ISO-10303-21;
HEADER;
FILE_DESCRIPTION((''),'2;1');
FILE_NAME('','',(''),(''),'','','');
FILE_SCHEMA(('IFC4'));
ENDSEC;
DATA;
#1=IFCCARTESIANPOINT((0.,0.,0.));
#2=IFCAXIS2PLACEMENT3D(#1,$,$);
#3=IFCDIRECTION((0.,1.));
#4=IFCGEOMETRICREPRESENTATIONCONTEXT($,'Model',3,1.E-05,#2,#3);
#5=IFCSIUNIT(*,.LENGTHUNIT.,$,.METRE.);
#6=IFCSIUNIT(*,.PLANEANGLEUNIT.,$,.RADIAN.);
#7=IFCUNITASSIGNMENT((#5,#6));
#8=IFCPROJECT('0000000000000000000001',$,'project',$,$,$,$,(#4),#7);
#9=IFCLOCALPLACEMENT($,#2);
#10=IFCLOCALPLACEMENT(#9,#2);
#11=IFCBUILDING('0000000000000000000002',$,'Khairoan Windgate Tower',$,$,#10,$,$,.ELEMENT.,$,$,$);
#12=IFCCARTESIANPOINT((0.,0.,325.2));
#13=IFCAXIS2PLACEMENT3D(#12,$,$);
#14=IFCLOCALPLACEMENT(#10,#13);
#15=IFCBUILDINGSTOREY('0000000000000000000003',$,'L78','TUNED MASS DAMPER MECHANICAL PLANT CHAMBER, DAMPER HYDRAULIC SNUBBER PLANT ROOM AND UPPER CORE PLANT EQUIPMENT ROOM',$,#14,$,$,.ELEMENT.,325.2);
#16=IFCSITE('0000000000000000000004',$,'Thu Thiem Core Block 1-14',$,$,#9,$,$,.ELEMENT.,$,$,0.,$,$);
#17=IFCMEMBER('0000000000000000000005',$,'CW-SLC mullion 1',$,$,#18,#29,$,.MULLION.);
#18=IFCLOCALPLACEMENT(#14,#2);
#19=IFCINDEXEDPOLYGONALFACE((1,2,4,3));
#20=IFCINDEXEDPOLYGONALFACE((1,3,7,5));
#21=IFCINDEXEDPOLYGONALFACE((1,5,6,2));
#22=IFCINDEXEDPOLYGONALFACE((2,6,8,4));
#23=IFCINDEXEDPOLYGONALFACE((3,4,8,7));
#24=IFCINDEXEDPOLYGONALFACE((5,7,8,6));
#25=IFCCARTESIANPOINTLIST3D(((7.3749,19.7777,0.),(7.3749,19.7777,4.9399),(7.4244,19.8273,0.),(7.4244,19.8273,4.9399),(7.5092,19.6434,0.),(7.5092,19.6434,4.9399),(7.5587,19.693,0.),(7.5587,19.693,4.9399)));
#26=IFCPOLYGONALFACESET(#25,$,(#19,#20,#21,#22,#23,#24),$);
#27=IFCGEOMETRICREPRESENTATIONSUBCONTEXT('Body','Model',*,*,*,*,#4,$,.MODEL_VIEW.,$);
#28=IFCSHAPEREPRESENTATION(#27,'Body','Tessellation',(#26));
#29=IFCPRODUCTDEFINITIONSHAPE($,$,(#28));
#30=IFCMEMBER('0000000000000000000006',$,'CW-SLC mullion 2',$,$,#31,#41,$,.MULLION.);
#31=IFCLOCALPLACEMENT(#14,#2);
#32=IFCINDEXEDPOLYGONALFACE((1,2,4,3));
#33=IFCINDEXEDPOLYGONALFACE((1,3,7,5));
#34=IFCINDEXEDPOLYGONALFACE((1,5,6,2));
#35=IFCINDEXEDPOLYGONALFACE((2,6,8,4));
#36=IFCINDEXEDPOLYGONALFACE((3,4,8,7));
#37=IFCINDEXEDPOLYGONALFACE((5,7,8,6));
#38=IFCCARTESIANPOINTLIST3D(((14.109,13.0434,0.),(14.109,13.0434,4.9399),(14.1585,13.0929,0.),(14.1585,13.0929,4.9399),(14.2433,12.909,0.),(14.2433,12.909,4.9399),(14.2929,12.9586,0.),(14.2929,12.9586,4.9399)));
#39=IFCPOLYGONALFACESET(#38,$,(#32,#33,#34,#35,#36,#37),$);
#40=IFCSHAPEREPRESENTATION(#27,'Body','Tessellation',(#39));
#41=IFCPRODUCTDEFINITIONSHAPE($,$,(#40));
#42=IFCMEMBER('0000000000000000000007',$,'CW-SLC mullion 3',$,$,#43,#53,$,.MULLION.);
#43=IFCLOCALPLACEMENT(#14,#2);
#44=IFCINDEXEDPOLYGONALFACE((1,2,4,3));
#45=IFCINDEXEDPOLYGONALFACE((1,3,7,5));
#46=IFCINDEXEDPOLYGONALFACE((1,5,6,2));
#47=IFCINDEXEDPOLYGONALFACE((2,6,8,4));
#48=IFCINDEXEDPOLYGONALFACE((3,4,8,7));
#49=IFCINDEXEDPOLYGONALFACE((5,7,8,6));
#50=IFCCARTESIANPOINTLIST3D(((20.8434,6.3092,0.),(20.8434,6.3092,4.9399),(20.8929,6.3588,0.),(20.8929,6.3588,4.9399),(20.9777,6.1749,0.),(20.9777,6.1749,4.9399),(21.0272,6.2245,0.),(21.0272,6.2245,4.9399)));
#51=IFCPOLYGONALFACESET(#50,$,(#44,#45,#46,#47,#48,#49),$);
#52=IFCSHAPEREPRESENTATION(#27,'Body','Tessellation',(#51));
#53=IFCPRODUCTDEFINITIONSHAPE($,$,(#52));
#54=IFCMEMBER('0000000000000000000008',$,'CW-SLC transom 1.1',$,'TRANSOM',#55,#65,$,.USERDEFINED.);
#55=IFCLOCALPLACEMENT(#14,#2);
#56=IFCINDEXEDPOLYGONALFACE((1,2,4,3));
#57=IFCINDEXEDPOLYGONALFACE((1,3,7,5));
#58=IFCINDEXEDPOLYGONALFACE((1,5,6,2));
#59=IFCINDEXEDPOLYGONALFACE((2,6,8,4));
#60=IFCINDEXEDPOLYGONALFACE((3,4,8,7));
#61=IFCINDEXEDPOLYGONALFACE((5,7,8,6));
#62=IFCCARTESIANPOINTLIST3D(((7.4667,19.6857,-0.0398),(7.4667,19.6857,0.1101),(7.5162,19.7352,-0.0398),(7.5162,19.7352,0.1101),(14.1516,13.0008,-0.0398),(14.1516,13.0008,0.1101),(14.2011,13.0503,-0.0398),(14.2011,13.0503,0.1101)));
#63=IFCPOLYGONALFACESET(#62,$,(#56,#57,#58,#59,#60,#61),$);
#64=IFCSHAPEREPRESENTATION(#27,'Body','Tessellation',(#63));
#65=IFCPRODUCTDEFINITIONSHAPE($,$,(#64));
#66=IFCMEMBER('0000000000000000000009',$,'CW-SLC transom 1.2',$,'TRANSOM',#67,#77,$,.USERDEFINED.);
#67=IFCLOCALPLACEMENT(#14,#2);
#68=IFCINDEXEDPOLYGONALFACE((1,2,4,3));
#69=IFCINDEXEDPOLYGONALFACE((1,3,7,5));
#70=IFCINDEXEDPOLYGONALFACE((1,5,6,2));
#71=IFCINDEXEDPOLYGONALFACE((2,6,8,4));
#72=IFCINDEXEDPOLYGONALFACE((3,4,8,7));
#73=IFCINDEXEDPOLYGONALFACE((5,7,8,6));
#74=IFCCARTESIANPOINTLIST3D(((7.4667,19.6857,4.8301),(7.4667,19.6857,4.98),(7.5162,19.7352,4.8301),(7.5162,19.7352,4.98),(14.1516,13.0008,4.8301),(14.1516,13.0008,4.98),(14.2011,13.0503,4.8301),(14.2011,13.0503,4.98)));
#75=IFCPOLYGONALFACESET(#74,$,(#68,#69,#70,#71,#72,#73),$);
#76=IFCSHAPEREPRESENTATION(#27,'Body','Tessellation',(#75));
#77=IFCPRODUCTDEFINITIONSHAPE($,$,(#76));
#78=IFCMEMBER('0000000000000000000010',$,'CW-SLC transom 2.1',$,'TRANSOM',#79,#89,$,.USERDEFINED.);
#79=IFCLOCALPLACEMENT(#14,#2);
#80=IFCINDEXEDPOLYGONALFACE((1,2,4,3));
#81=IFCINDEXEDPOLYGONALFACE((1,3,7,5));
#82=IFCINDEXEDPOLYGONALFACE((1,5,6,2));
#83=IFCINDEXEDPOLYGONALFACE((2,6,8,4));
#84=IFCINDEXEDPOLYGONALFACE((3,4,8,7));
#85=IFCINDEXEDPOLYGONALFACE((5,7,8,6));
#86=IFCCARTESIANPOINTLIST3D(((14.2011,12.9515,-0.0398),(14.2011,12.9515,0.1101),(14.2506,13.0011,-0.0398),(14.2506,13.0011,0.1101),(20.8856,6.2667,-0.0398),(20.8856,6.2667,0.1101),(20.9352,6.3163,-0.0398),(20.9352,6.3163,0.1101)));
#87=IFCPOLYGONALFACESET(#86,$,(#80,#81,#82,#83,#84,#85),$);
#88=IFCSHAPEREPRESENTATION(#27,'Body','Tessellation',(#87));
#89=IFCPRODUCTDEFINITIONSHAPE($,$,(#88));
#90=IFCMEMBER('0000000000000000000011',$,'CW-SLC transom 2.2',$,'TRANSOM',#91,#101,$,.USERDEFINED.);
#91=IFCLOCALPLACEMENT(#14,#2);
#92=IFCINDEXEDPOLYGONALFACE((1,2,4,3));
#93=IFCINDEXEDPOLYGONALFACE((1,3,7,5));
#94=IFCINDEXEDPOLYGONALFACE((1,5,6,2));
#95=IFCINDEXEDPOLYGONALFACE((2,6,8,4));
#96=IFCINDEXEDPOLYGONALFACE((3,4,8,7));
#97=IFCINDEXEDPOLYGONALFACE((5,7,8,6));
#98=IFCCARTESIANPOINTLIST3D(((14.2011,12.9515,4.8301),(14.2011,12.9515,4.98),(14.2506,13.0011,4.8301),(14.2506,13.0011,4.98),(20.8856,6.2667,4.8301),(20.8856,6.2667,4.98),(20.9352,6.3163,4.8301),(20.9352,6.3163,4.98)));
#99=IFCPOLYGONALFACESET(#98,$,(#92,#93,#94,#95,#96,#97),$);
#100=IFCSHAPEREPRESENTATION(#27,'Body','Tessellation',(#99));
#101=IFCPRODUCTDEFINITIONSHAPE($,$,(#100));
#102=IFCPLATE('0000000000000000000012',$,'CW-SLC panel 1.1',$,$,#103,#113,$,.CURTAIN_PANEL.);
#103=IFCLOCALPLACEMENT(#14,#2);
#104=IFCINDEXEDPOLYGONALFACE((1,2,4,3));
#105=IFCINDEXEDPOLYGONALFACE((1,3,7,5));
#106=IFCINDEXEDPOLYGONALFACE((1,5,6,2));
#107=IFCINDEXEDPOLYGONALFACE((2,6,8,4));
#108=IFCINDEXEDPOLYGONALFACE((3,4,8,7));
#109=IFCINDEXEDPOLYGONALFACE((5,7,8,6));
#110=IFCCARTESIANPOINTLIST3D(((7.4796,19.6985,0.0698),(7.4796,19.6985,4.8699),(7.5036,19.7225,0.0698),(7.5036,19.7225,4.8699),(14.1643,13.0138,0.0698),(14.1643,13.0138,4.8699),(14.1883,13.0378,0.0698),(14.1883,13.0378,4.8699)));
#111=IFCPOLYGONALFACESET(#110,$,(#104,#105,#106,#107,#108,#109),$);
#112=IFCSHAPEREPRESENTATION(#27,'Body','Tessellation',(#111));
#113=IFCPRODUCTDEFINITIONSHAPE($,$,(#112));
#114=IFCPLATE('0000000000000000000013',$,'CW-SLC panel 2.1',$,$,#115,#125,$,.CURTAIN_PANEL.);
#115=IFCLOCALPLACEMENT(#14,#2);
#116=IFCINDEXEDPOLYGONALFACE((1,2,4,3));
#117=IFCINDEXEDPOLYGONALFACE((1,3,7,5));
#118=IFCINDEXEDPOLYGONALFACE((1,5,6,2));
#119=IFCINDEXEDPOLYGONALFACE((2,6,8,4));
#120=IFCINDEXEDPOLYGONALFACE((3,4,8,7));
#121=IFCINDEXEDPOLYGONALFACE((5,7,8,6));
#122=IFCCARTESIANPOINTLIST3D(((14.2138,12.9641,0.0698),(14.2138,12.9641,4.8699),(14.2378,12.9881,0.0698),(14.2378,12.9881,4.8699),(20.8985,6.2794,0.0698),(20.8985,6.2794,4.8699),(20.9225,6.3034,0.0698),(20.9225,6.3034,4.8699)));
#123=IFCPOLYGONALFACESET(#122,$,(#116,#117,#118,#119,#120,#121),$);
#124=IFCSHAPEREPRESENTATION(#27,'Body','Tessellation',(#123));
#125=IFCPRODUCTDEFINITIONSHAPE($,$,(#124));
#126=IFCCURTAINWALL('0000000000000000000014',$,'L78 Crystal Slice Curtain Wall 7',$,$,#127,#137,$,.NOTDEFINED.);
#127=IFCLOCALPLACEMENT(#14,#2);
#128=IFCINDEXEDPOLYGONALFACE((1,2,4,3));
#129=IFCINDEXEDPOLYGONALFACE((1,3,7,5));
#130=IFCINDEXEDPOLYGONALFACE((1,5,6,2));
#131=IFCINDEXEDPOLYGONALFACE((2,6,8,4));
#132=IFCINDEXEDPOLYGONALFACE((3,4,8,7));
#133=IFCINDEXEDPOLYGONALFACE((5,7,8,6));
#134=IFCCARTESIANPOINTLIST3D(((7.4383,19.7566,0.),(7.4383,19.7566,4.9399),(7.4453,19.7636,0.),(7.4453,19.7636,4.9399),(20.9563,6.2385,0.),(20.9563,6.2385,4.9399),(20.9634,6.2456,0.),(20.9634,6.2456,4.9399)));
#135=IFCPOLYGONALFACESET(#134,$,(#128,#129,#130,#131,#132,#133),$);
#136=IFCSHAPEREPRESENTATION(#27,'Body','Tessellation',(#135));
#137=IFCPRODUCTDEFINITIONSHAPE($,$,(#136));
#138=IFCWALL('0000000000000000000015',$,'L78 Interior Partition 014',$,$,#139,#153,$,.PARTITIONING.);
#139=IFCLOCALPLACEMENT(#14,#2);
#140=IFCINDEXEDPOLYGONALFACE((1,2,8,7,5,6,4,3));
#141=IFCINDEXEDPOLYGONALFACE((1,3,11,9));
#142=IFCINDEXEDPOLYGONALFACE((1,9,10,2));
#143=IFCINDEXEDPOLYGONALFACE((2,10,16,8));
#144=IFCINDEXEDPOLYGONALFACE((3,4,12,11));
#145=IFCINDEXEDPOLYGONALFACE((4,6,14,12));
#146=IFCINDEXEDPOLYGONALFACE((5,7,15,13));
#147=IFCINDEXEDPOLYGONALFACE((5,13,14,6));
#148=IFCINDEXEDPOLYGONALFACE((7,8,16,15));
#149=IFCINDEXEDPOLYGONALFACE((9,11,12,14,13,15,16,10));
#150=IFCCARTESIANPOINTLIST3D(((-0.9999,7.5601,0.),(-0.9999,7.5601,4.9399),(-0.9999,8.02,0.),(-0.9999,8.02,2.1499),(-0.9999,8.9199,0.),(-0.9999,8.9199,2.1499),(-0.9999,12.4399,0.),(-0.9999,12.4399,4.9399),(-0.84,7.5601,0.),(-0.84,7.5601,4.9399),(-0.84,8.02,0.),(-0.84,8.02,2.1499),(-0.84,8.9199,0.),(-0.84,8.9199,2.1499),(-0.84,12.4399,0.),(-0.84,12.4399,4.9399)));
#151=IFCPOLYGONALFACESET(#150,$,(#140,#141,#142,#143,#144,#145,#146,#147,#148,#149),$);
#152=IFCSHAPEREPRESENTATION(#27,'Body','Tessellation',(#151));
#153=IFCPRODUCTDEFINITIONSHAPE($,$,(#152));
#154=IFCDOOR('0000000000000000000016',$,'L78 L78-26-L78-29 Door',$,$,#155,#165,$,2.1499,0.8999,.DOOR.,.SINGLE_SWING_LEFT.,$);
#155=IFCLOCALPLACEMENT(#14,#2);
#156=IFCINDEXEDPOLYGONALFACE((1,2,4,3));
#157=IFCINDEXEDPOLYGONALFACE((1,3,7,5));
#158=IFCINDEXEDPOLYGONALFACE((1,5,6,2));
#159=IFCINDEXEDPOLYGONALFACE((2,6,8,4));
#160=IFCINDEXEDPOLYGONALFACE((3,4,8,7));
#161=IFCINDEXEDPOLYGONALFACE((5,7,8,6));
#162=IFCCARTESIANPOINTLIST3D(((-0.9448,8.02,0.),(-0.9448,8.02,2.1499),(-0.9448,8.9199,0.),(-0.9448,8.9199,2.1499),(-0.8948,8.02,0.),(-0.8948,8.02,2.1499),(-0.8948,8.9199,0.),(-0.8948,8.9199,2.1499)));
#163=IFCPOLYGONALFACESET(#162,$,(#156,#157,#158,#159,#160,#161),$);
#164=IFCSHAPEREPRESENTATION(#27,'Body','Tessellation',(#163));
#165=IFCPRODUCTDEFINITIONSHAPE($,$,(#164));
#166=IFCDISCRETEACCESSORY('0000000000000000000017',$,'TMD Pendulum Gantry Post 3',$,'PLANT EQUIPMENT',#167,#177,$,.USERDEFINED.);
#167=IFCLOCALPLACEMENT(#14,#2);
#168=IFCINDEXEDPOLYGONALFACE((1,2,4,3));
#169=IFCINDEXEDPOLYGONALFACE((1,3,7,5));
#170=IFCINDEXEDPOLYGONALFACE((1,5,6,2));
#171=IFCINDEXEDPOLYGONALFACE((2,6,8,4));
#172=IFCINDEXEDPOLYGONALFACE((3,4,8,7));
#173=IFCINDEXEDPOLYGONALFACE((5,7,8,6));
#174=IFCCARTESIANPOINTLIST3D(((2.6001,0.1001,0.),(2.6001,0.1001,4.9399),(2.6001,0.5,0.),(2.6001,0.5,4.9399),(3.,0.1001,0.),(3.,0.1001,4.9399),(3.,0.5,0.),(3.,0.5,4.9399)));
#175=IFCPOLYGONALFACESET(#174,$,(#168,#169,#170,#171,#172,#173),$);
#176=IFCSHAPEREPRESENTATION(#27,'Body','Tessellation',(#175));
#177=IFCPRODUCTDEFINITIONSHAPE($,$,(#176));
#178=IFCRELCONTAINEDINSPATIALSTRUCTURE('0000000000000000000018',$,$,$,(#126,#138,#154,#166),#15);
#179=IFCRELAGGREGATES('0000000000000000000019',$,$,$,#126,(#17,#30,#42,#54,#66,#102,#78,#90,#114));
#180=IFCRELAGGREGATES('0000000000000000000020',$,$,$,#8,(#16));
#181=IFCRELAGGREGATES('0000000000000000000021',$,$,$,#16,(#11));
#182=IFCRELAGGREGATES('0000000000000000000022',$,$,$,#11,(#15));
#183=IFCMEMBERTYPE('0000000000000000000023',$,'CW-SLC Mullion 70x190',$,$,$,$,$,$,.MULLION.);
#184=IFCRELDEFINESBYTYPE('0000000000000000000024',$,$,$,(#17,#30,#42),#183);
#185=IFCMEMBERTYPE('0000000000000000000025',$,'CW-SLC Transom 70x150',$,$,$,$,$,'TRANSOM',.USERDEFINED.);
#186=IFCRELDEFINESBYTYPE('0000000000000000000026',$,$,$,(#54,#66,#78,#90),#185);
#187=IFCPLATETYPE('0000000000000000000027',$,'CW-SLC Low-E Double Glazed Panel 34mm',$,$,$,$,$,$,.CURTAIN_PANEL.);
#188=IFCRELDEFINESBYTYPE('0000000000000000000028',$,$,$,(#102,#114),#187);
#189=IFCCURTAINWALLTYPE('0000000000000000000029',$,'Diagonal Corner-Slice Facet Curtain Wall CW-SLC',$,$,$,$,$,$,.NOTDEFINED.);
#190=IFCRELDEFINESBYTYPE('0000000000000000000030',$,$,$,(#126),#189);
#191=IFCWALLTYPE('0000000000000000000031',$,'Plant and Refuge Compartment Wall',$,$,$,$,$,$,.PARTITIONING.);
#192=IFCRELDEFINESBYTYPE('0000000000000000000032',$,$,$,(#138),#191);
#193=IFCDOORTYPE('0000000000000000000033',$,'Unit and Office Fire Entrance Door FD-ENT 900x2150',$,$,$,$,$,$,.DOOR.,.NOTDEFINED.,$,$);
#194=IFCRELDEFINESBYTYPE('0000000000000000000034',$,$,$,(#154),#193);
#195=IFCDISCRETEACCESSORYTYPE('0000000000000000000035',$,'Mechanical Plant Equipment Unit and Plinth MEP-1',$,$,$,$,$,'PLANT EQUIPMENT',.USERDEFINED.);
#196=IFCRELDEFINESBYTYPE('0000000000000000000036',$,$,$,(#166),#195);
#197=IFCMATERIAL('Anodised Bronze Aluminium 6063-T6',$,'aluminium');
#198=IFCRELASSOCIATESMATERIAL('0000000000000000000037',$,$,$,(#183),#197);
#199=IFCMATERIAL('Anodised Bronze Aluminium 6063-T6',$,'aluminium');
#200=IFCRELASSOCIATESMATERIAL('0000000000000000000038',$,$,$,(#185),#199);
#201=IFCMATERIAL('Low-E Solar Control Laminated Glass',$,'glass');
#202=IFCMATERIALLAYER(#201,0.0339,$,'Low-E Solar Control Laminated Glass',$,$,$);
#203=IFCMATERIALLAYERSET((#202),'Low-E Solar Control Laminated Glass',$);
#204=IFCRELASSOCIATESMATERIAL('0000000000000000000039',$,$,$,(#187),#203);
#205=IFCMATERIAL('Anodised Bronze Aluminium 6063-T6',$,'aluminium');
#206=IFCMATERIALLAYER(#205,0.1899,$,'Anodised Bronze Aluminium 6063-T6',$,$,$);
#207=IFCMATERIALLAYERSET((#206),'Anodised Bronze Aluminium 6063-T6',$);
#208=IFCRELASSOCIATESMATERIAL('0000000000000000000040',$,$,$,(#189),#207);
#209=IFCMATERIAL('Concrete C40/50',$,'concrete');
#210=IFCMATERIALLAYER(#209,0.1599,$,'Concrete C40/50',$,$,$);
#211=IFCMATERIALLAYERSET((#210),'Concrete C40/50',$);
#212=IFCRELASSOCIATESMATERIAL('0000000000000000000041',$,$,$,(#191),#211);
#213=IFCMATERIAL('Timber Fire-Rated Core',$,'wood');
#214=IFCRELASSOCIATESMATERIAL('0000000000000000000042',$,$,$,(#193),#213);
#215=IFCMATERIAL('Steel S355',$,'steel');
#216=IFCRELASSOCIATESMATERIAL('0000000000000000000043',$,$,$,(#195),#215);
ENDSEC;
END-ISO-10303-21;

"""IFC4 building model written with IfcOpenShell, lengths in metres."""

from ifc_helpers import new_model, si_unit, direction, frame, frame_2d, origin, origin_2d, place, context, subcontext, project, spatial, rectangle, extrude, material, layer, layer_set, material_profile, profile_set, type_object, element, fill, aggregate, save


model = new_model("IFC4")

# Units and contexts
model_context = context("Model", 3, precision=1e-05, world=origin(), true_north=direction((0.0, 1.0)))
body_context = subcontext(model_context, "Body", "Model", "MODEL_VIEW")
ifc_project = project(units=[si_unit("LENGTHUNIT", "METRE"), si_unit("PLANEANGLEUNIT", "RADIAN")], contexts=[model_context])

# Site, building, storey
site_placement = place(None, origin())
site = spatial("IfcSite", under=ifc_project, at=site_placement, Name="Thu Thiem Core Block 1-14", CompositionType="ELEMENT", RefElevation=0.0)
building_placement = place(site_placement, origin())
building = spatial("IfcBuilding", under=site, at=building_placement, Name="Khairoan Windgate Tower", CompositionType="ELEMENT")
storey_placement = place(building_placement, frame((0.0, 0.0, 325.2)))
storey = spatial("IfcBuildingStorey", under=building, at=storey_placement, Name="L78", Description="TUNED MASS DAMPER MECHANICAL PLANT CHAMBER, DAMPER HYDRAULIC SNUBBER PLANT ROOM AND UPPER CORE PLANT EQUIPMENT ROOM", CompositionType="ELEMENT", Elevation=325.2)

# Members
ifc_material_1 = material(Name="Anodised Bronze Aluminium 6063-T6", Category="aluminium")
ifc_material_profile_1 = material_profile(ifc_material_1, rectangle(XDim=0.0701, YDim=0.1899, at=origin_2d()))
ifc_profile_set_1 = profile_set([ifc_material_profile_1], Name="Anodised Bronze Aluminium 6063-T6")
member_type_1 = type_object("IfcMemberType", Name="CW-SLC Mullion 70x190", PredefinedType="MULLION", material=ifc_profile_set_1)
member_1_placement = place(storey_placement, frame((7.4668, 19.7354, 0.0), z_axis=(0.0, 0.0, 1.0), x_axis=(0.707107, 0.707107, 0.0)))
member_1 = element("IfcMember", 1, at=member_1_placement, type_object=member_type_1, Name="CW-SLC mullion 1", PredefinedType="MULLION", context=body_context, shape_type="SweptSolid", body=[
    extrude(rectangle(XDim=0.0701, YDim=0.1899, at=origin_2d()), origin(), (0.0, 0.0, 1.0), 4.9399),
])
member_2_placement = place(storey_placement, frame((14.2009, 13.001, 0.0), z_axis=(0.0, 0.0, 1.0), x_axis=(0.707107, 0.707107, 0.0)))
member_2 = element("IfcMember", 2, at=member_2_placement, type_object=member_type_1, Name="CW-SLC mullion 2", PredefinedType="MULLION", context=body_context, shape_type="SweptSolid", body=[
    extrude(rectangle(XDim=0.0701, YDim=0.1899, at=origin_2d()), origin(), (0.0, 0.0, 1.0), 4.9399),
])
member_3_placement = place(storey_placement, frame((20.9353, 6.2668, 0.0), z_axis=(0.0, 0.0, 1.0), x_axis=(0.707107, 0.707107, 0.0)))
member_3 = element("IfcMember", 3, at=member_3_placement, type_object=member_type_1, Name="CW-SLC mullion 3", PredefinedType="MULLION", context=body_context, shape_type="SweptSolid", body=[
    extrude(rectangle(XDim=0.0701, YDim=0.1899, at=origin_2d()), origin(), (0.0, 0.0, 1.0), 4.9399),
])
ifc_material_2 = material(Name="Anodised Bronze Aluminium 6063-T6", Category="aluminium")
ifc_material_profile_2 = material_profile(ifc_material_2, rectangle(XDim=0.0701, YDim=0.1499, at=origin_2d()))
ifc_profile_set_2 = profile_set([ifc_material_profile_2], Name="Anodised Bronze Aluminium 6063-T6")
member_type_2 = type_object("IfcMemberType", Name="CW-SLC Transom 70x150", ElementType="TRANSOM", PredefinedType="USERDEFINED", material=ifc_profile_set_2)
member_4_placement = place(storey_placement, frame((7.4915, 19.7104, 0.0352), z_axis=(0.707107, -0.707107, 0.0), x_axis=(0.707107, 0.707107, 0.0)))
member_4 = element("IfcMember", 4, at=member_4_placement, type_object=member_type_2, Name="CW-SLC transom 1.1", ObjectType="TRANSOM", PredefinedType="USERDEFINED", context=body_context, shape_type="SweptSolid", body=[
    extrude(rectangle(XDim=0.0701, YDim=0.1499, at=origin_2d()), origin(), (0.0, 0.0, 1.0), 9.4539),
])
member_5_placement = place(storey_placement, frame((7.4915, 19.7104, 4.905), z_axis=(0.707107, -0.707107, 0.0), x_axis=(0.707107, 0.707107, 0.0)))
member_5 = element("IfcMember", 5, at=member_5_placement, type_object=member_type_2, Name="CW-SLC transom 1.2", ObjectType="TRANSOM", PredefinedType="USERDEFINED", context=body_context, shape_type="SweptSolid", body=[
    extrude(rectangle(XDim=0.0701, YDim=0.1499, at=origin_2d()), origin(), (0.0, 0.0, 1.0), 9.4539),
])
member_6_placement = place(storey_placement, frame((14.2258, 12.9763, 0.0352), z_axis=(0.707094, -0.70712, 0.0), x_axis=(0.70712, 0.707094, 0.0)))
member_6 = element("IfcMember", 6, at=member_6_placement, type_object=member_type_2, Name="CW-SLC transom 2.1", ObjectType="TRANSOM", PredefinedType="USERDEFINED", context=body_context, shape_type="SweptSolid", body=[
    extrude(rectangle(XDim=0.0701, YDim=0.1499, at=origin_2d()), origin(), (0.0, 0.0, 1.0), 9.4536),
])
member_7_placement = place(storey_placement, frame((14.2258, 12.9763, 4.905), z_axis=(0.707094, -0.70712, 0.0), x_axis=(0.70712, 0.707094, 0.0)))
member_7 = element("IfcMember", 7, at=member_7_placement, type_object=member_type_2, Name="CW-SLC transom 2.2", ObjectType="TRANSOM", PredefinedType="USERDEFINED", context=body_context, shape_type="SweptSolid", body=[
    extrude(rectangle(XDim=0.0701, YDim=0.1499, at=origin_2d()), origin(), (0.0, 0.0, 1.0), 9.4536),
])

# Plates
ifc_material_3 = material(Name="Low-E Solar Control Laminated Glass", Category="glass")
ifc_layer_1 = layer(ifc_material_3, 0.0339, Name="Low-E Solar Control Laminated Glass")
ifc_layer_set_1 = layer_set([ifc_layer_1], Name="Low-E Solar Control Laminated Glass")
plate_type = type_object("IfcPlateType", Name="CW-SLC Low-E Double Glazed Panel 34mm", PredefinedType="CURTAIN_PANEL", material=ifc_layer_set_1)
plate_1_placement = place(storey_placement, frame((10.834, 16.3682, 0.0698), z_axis=(0.0, 0.0, 1.0), x_axis=(0.707107, -0.707107, 0.0)))
plate_1 = element("IfcPlate", 8, at=plate_1_placement, type_object=plate_type, Name="CW-SLC panel 1.1", PredefinedType="CURTAIN_PANEL", context=body_context, shape_type="SweptSolid", body=[
    extrude(rectangle(XDim=9.4536, YDim=0.0339, at=origin_2d()), origin(), (0.0, 0.0, 1.0), 4.8),
])
plate_2_placement = place(storey_placement, frame((17.5681, 9.6338, 0.0698), z_axis=(0.0, 0.0, 1.0), x_axis=(0.707107, -0.707107, 0.0)))
plate_2 = element("IfcPlate", 9, at=plate_2_placement, type_object=plate_type, Name="CW-SLC panel 2.1", PredefinedType="CURTAIN_PANEL", context=body_context, shape_type="SweptSolid", body=[
    extrude(rectangle(XDim=9.4536, YDim=0.0339, at=origin_2d()), origin(), (0.0, 0.0, 1.0), 4.8),
])

# Curtain wall
ifc_material_4 = material(Name="Anodised Bronze Aluminium 6063-T6", Category="aluminium")
ifc_layer_2 = layer(ifc_material_4, 0.1899, Name="Anodised Bronze Aluminium 6063-T6")
ifc_layer_set_2 = layer_set([ifc_layer_2], Name="Anodised Bronze Aluminium 6063-T6")
curtain_wall_type = type_object("IfcCurtainWallType", Name="Diagonal Corner-Slice Facet Curtain Wall CW-SLC", PredefinedType="NOTDEFINED", material=ifc_layer_set_2)
curtain_wall_placement = place(storey_placement, frame((7.4419, 19.76, 0.0), z_axis=(0.0, 0.0, 1.0), x_axis=(0.707107, -0.707107, 0.0)))
curtain_wall = element("IfcCurtainWall", 10, at=curtain_wall_placement, inside=storey, type_object=curtain_wall_type, Name="L78 Crystal Slice Curtain Wall 7", PredefinedType="NOTDEFINED", context=body_context, shape_type="SweptSolid", body=[
    extrude(rectangle(XDim=19.1174, YDim=0.01, at=frame_2d((9.5586, 0.0))), origin(), (0.0, 0.0, 1.0), 4.9399),
])
aggregate(curtain_wall, [member_1, member_2, member_3, member_4, member_5, plate_1, member_6, member_7, plate_2])

# Wall, opening, door
ifc_material_5 = material(Name="Concrete C40/50", Category="concrete")
ifc_layer_3 = layer(ifc_material_5, 0.1599, Name="Concrete C40/50")
ifc_layer_set_3 = layer_set([ifc_layer_3], Name="Concrete C40/50")
wall_type = type_object("IfcWallType", Name="Plant and Refuge Compartment Wall", PredefinedType="PARTITIONING", material=ifc_layer_set_3)
wall_placement = place(storey_placement, frame((-0.9199, 7.5601, 0.0), z_axis=(0.0, 0.0, 1.0), x_axis=(0.0, 1.0, 0.0)))
wall = element("IfcWall", 11, at=wall_placement, inside=storey, type_object=wall_type, Name="L78 Interior Partition 014", PredefinedType="PARTITIONING", context=body_context, shape_type="SweptSolid", body=[
    extrude(rectangle(XDim=4.8799, YDim=0.1599, at=frame_2d((2.4399, 0.0))), origin(), (0.0, 0.0, 1.0), 4.9399),
])
opening_placement = place(wall_placement, frame((0.46, 0.0, 0.0)))
opening = element("IfcOpeningElement", 12, at=opening_placement, cuts=wall, PredefinedType="OPENING", context=body_context, shape_type="SweptSolid", body=[
    extrude(rectangle(XDim=0.8999, YDim=2.1499, at=frame_2d((0.45, 1.075))), frame((0.0, 0.0898, 0.0), z_axis=(0.0, -1.0, 0.0), x_axis=(1.0, 0.0, 0.0)), (0.0, 0.0, 1.0), 0.1799),
])
ifc_material_6 = material(Name="Timber Fire-Rated Core", Category="wood")
door_type = type_object("IfcDoorType", Name="Unit and Office Fire Entrance Door FD-ENT 900x2150", OperationType="NOTDEFINED", PredefinedType="DOOR", material=ifc_material_6)
door_placement = place(opening_placement, origin())
door = element("IfcDoor", 13, at=door_placement, inside=storey, type_object=door_type, Name="L78 L78-26-L78-29 Door", OperationType="SINGLE_SWING_LEFT", OverallHeight=2.1499, OverallWidth=0.8999, PredefinedType="DOOR", context=body_context, shape_type="SweptSolid", body=[
    extrude(rectangle(XDim=0.8999, YDim=2.1499, at=frame_2d((0.45, 1.075))), frame((0.0, 0.0249, 0.0), z_axis=(0.0, -1.0, 0.0), x_axis=(1.0, 0.0, 0.0)), (0.0, 0.0, 1.0), 0.05),
])
fill(opening, door)

# Discrete accessory
ifc_material_7 = material(Name="Steel S355", Category="steel")
discrete_accessory_type = type_object("IfcDiscreteAccessoryType", Name="Mechanical Plant Equipment Unit and Plinth MEP-1", ElementType="PLANT EQUIPMENT", PredefinedType="USERDEFINED", material=ifc_material_7)
for number, where, z_axis, x_axis, name in (
    (14, (2.8, 0.3, 0.0), (0.0, 0.0, 1.0), (1.0, 0.0, 0.0), "TMD Pendulum Gantry Post 3"),
):
    element("IfcDiscreteAccessory", number, at=place(storey_placement, frame(where, z_axis=z_axis, x_axis=x_axis)), inside=storey, type_object=discrete_accessory_type, Name=name, ObjectType="PLANT EQUIPMENT", PredefinedType="USERDEFINED", context=body_context, shape_type="SweptSolid", body=[
        extrude(rectangle(XDim=0.3999, YDim=0.3999, at=origin_2d()), origin(), (0.0, 0.0, 1.0), 4.9399),
    ])

save(model, "model.ifc")
